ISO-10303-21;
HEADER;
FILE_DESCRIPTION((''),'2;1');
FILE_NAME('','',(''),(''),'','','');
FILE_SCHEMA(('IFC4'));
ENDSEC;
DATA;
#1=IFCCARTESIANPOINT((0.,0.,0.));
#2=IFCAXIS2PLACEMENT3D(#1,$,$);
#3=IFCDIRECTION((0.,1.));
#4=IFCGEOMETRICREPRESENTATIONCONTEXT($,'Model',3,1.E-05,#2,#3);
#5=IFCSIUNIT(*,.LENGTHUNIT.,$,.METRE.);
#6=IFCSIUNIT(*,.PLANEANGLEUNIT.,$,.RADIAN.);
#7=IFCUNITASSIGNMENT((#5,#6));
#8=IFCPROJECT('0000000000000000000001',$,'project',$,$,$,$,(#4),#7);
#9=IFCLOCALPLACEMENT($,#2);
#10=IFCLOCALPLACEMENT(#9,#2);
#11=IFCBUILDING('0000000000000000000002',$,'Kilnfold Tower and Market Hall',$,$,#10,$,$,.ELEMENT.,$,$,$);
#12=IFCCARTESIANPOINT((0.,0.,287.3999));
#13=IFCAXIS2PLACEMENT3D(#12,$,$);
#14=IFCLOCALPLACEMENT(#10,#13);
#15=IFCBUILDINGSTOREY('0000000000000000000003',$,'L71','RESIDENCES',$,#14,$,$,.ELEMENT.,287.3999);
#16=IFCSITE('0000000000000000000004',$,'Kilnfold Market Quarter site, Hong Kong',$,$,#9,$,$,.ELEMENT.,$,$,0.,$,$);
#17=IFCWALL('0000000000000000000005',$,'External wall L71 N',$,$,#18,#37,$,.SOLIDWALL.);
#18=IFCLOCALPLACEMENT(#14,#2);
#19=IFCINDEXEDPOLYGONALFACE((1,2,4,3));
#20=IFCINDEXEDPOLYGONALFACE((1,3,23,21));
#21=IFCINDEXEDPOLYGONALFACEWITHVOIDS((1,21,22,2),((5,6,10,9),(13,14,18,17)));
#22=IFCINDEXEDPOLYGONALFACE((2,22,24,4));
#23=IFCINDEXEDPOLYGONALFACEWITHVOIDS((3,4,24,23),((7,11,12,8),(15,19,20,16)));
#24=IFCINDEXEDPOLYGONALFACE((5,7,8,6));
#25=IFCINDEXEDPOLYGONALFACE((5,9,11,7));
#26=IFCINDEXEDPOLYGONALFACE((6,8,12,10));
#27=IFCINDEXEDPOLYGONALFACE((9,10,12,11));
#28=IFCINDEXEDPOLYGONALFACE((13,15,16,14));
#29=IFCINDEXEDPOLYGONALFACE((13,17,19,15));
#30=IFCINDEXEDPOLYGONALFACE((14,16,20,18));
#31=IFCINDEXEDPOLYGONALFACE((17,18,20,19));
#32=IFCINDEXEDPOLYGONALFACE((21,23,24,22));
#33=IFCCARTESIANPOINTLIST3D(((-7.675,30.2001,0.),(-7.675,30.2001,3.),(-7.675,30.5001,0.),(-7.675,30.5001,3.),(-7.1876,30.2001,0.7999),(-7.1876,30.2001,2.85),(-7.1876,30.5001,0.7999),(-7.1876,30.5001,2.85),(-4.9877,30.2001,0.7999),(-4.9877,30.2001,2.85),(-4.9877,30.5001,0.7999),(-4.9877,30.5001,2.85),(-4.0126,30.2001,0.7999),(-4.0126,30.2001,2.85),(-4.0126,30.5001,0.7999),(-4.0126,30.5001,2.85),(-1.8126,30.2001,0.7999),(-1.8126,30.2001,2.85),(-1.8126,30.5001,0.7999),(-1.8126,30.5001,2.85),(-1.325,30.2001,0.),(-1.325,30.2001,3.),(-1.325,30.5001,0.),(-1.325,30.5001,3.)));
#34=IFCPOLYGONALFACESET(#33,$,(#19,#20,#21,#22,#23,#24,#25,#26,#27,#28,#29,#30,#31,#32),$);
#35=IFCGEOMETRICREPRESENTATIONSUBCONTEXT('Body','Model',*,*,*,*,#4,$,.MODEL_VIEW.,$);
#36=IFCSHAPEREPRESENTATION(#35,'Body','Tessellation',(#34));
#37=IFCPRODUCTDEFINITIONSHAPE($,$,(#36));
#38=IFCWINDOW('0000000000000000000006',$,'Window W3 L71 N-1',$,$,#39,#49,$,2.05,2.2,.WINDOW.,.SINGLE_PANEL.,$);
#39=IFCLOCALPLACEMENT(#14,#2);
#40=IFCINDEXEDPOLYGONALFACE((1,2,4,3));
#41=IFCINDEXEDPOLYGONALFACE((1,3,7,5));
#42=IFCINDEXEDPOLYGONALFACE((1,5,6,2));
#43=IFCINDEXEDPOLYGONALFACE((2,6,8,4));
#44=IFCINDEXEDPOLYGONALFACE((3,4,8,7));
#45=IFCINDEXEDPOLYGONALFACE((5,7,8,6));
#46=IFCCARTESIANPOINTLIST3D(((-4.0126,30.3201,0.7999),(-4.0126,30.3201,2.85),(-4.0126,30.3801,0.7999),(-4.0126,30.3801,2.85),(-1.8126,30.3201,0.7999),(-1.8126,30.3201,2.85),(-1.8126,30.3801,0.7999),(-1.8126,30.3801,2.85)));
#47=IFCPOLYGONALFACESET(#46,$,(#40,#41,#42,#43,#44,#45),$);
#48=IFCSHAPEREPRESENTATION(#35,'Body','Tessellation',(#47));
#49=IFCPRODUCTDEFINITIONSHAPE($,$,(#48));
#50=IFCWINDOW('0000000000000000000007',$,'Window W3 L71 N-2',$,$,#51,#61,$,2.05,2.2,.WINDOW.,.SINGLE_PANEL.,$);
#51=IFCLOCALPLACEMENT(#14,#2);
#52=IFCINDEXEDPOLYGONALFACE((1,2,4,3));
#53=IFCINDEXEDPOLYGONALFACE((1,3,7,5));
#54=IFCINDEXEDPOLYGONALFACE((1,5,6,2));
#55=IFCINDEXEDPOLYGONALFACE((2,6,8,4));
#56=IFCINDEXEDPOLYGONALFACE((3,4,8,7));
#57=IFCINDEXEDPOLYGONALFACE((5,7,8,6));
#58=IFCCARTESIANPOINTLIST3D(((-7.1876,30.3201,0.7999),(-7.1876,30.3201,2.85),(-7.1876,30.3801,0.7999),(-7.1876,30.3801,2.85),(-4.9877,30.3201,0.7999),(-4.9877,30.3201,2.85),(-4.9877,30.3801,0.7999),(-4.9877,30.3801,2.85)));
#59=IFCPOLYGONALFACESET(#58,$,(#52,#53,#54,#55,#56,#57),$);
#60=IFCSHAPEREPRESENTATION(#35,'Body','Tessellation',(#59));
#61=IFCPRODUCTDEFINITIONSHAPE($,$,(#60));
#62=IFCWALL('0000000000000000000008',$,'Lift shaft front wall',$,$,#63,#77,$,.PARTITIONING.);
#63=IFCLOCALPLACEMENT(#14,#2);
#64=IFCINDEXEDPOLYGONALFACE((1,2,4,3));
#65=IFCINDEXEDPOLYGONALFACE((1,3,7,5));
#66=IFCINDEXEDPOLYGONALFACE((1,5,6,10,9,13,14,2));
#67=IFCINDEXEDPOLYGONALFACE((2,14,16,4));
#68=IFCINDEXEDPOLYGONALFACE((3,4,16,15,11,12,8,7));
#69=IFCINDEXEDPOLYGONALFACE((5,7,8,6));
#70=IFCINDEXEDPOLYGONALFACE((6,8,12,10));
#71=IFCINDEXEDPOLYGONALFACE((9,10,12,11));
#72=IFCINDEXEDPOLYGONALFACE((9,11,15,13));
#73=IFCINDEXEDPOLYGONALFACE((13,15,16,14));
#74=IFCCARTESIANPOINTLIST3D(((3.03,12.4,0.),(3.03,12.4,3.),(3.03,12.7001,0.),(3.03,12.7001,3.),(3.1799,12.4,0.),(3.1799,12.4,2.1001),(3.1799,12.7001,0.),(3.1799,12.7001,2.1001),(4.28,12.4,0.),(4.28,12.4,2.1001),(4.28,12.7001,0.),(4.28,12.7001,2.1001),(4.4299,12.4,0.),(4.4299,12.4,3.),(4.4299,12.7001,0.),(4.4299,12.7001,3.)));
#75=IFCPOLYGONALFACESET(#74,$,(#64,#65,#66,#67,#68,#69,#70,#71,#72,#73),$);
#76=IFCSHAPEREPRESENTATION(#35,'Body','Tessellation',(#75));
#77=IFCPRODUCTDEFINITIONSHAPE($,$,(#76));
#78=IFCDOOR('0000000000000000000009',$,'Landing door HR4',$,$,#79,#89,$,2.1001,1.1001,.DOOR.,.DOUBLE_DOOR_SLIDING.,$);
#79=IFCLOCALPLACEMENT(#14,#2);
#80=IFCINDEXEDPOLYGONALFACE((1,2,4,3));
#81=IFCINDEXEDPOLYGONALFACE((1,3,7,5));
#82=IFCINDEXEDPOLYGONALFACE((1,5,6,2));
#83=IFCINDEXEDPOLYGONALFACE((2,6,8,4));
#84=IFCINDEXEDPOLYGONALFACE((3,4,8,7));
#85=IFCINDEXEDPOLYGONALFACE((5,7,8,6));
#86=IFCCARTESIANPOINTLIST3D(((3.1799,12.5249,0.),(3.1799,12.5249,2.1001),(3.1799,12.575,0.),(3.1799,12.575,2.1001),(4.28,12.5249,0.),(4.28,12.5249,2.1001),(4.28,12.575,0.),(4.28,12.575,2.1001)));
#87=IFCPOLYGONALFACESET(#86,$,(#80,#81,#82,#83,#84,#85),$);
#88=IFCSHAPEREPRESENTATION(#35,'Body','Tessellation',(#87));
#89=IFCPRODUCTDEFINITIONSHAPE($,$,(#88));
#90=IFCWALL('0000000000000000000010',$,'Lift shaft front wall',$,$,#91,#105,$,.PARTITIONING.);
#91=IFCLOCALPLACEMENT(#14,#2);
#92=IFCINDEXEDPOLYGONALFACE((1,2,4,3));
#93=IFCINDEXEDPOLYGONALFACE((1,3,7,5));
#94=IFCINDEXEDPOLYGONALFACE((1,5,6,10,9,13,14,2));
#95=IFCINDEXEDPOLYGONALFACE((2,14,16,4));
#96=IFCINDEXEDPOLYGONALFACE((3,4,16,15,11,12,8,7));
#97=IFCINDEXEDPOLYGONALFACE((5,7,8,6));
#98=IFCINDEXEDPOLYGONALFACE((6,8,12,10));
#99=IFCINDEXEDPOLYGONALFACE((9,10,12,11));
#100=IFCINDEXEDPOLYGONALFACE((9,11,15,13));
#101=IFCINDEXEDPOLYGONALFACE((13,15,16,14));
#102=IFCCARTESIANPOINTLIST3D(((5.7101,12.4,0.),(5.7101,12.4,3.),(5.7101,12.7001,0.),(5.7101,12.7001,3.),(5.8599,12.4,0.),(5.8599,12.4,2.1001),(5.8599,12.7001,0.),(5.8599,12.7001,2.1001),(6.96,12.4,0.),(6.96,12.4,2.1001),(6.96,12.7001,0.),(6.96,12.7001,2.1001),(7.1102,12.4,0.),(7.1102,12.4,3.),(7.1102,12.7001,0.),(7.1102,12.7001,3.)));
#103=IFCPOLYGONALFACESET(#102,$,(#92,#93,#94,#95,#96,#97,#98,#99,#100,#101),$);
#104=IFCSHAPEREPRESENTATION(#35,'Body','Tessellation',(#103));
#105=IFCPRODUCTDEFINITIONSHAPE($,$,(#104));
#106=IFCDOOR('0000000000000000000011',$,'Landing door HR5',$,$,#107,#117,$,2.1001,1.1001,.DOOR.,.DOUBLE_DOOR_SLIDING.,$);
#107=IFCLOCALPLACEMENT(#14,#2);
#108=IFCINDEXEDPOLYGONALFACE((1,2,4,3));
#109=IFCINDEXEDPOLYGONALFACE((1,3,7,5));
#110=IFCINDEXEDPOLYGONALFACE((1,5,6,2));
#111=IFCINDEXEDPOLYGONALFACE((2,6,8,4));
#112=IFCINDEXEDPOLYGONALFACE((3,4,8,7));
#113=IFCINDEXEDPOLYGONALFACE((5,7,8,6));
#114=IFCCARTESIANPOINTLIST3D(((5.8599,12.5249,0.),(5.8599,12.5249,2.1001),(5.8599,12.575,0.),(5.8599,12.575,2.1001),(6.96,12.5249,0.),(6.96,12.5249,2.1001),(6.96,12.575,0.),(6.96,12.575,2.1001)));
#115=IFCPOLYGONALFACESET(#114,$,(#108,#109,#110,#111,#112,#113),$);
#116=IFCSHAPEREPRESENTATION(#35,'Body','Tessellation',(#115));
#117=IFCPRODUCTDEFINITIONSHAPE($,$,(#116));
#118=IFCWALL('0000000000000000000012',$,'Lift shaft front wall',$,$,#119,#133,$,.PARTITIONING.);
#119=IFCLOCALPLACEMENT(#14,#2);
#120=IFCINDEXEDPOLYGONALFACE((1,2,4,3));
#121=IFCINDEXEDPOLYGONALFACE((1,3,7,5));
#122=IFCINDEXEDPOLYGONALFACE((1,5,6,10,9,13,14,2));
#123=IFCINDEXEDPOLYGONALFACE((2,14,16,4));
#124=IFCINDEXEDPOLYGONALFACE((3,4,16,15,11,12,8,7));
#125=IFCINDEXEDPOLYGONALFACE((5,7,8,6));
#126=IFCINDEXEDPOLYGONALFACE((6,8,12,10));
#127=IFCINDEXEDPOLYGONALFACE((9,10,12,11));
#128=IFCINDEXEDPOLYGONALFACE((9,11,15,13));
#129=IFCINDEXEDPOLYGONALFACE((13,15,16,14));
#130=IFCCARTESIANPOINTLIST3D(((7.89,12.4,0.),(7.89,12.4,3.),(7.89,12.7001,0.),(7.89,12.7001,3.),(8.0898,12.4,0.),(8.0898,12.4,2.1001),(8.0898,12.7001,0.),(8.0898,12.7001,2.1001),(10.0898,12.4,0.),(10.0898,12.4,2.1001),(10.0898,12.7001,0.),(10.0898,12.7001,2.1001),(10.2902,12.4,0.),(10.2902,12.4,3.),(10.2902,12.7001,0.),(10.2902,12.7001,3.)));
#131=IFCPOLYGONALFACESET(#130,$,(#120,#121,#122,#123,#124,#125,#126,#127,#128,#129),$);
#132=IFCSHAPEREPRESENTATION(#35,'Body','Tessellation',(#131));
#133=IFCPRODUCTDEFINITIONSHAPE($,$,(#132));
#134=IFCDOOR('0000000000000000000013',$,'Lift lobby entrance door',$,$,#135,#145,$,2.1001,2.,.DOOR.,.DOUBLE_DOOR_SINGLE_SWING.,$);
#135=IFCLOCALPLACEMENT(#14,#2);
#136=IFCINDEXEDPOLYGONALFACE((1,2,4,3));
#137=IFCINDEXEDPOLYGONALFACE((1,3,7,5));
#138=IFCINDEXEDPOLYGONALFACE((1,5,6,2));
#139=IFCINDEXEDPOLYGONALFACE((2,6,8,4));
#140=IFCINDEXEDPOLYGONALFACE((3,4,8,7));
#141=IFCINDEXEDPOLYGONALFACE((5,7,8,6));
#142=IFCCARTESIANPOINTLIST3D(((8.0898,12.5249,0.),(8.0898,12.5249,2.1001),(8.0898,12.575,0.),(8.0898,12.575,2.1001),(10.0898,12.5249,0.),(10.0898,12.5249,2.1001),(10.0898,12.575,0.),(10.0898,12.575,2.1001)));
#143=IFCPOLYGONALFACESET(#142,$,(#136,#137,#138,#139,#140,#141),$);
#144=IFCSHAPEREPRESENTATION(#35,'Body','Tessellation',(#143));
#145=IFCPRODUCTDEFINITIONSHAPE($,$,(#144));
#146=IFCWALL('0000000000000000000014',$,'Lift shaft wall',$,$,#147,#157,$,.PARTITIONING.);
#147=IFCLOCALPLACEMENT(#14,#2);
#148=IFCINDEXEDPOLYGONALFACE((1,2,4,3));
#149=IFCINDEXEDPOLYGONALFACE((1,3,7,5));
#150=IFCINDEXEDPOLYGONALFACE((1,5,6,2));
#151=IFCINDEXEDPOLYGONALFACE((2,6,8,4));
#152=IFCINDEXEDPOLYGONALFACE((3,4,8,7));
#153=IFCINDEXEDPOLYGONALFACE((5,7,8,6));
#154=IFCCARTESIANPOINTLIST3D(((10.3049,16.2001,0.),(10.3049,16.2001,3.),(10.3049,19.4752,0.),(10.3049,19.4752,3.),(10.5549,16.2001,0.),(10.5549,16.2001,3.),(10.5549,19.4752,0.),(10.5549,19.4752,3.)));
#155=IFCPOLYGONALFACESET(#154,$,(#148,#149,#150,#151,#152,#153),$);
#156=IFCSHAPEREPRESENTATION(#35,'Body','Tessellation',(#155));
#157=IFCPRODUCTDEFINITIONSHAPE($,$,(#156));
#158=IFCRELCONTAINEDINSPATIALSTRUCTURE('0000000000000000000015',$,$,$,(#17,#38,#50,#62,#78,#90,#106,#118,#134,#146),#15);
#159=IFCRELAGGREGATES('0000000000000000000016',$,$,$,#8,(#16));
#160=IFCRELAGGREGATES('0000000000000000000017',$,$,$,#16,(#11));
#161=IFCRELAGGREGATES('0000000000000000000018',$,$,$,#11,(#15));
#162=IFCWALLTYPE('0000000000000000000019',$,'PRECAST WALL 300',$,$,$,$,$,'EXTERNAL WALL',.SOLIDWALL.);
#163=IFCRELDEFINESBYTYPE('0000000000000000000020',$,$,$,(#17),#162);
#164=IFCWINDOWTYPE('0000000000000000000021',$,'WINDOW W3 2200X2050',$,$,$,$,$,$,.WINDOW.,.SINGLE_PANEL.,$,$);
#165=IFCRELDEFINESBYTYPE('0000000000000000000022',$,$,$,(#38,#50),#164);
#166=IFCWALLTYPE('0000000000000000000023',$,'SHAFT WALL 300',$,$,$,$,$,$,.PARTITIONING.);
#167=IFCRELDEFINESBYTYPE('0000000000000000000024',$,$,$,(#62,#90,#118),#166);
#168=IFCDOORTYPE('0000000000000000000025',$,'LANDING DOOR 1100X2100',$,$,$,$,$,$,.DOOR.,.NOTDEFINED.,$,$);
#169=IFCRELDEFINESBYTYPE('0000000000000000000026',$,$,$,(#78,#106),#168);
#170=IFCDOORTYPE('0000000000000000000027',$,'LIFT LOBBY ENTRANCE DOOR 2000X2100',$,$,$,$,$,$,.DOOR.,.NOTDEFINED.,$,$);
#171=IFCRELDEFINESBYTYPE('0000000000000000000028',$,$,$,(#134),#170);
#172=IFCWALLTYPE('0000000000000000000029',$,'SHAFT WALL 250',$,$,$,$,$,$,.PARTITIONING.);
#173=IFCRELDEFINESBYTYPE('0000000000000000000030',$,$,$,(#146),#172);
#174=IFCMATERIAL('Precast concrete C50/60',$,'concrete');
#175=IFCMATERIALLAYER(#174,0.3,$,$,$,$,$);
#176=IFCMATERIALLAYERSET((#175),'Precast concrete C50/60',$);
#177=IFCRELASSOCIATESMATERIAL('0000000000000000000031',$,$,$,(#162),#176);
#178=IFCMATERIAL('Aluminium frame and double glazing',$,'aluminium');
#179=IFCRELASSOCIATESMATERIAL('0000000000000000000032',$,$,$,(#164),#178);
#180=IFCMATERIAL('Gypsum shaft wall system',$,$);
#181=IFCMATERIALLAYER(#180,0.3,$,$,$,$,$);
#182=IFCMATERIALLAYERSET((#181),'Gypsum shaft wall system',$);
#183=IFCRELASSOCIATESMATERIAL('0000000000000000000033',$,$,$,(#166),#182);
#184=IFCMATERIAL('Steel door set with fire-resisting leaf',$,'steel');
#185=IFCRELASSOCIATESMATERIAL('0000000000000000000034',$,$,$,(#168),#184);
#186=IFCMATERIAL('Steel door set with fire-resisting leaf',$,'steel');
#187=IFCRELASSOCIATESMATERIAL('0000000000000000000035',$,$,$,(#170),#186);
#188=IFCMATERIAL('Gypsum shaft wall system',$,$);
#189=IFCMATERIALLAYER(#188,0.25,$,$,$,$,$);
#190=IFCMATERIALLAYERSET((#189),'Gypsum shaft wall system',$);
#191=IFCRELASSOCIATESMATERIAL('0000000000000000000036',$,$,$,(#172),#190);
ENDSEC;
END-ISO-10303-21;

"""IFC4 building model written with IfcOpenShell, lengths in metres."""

from ifc_helpers import new_model, si_unit, direction, frame, frame_2d, origin, place, context, subcontext, project, spatial, rectangle, extrude, source, transform, mapped, material, layer, layer_set, type_object, element, fill, save


model = new_model("IFC4")

# Units and contexts
model_context = context("Model", 3, precision=1e-05, world=origin(), true_north=direction((0.0, 1.0)))
body_context = subcontext(model_context, "Body", "Model", "MODEL_VIEW")
ifc_project = project(units=[si_unit("LENGTHUNIT", "METRE"), si_unit("PLANEANGLEUNIT", "RADIAN")], contexts=[model_context])

# Site, building, storey
site_placement = place(None, origin())
site = spatial("IfcSite", under=ifc_project, at=site_placement, Name="Kilnfold Market Quarter site, Hong Kong", CompositionType="ELEMENT", RefElevation=0.0)
building_placement = place(site_placement, origin())
building = spatial("IfcBuilding", under=site, at=building_placement, Name="Kilnfold Tower and Market Hall", CompositionType="ELEMENT")
storey_placement = place(building_placement, frame((0.0, 0.0, 287.3999)))
storey = spatial("IfcBuildingStorey", under=building, at=storey_placement, Name="L71", Description="RESIDENCES", CompositionType="ELEMENT", Elevation=287.3999)

# Wall, openings, windows
ifc_material_1 = material(Name="Precast concrete C50/60", Category="concrete")
ifc_layer_1 = layer(ifc_material_1, 0.3)
ifc_layer_set_1 = layer_set([ifc_layer_1], Name="Precast concrete C50/60")
wall_type_1 = type_object("IfcWallType", Name="PRECAST WALL 300", ElementType="EXTERNAL WALL", PredefinedType="SOLIDWALL", material=ifc_layer_set_1)
shared_shape_1 = source(origin(), body_context, "Body", "SweptSolid", [
    extrude(rectangle(XDim=6.3501, YDim=0.3, at=frame_2d((3.175, 0.0))), origin(), (0.0, 0.0, 1.0), 3.0),
])
ifc_material_2 = material(Name="Aluminium frame and double glazing", Category="aluminium")
window_type = type_object("IfcWindowType", Name="WINDOW W3 2200X2050", PartitioningType="SINGLE_PANEL", PredefinedType="WINDOW", material=ifc_material_2)
wall_1_placement = place(storey_placement, frame((-1.325, 30.3501, 0.0), z_axis=(0.0, 0.0, 1.0), x_axis=(-1.0, 0.0, 0.0)))
wall_1 = element("IfcWall", 1, at=wall_1_placement, inside=storey, type_object=wall_type_1, Name="External wall L71 N", PredefinedType="SOLIDWALL", context=body_context, shape_type="MappedRepresentation", body=[
    mapped(shared_shape_1, transform((0.0, 0.0, 0.0))),
])
opening_1_placement = place(wall_1_placement, frame((0.4875, 0.0, 0.8)))
opening_1 = element("IfcOpeningElement", 2, at=opening_1_placement, cuts=wall_1, PredefinedType="OPENING", context=body_context, shape_type="SweptSolid", body=[
    extrude(rectangle(XDim=2.2, YDim=2.05, at=frame_2d((1.1001, 1.0249))), frame((0.0, 0.1602, 0.0), z_axis=(0.0, -1.0, 0.0), x_axis=(1.0, 0.0, 0.0)), (0.0, 0.0, 1.0), 0.3201),
])
opening_2_placement = place(wall_1_placement, frame((3.6626, 0.0, 0.8)))
opening_2 = element("IfcOpeningElement", 3, at=opening_2_placement, cuts=wall_1, PredefinedType="OPENING", context=body_context, shape_type="SweptSolid", body=[
    extrude(rectangle(XDim=2.2, YDim=2.05, at=frame_2d((1.1001, 1.0249))), frame((0.0, 0.1602, 0.0), z_axis=(0.0, -1.0, 0.0), x_axis=(1.0, 0.0, 0.0)), (0.0, 0.0, 1.0), 0.3201),
])
window_1_placement = place(opening_1_placement, origin())
window_1 = element("IfcWindow", 4, at=window_1_placement, inside=storey, type_object=window_type, Name="Window W3 L71 N-1", OverallHeight=2.05, OverallWidth=2.2, PartitioningType="SINGLE_PANEL", PredefinedType="WINDOW", context=body_context, shape_type="SweptSolid", body=[
    extrude(rectangle(XDim=2.2, YDim=2.05, at=frame_2d((1.1001, 1.0249))), frame((0.0, 0.03, 0.0), z_axis=(0.0, -1.0, 0.0), x_axis=(1.0, 0.0, 0.0)), (0.0, 0.0, 1.0), 0.0601),
])
fill(opening_1, window_1)
window_2_placement = place(opening_2_placement, origin())
window_2 = element("IfcWindow", 5, at=window_2_placement, inside=storey, type_object=window_type, Name="Window W3 L71 N-2", OverallHeight=2.05, OverallWidth=2.2, PartitioningType="SINGLE_PANEL", PredefinedType="WINDOW", context=body_context, shape_type="SweptSolid", body=[
    extrude(rectangle(XDim=2.2, YDim=2.05, at=frame_2d((1.1001, 1.0249))), frame((0.0, 0.03, 0.0), z_axis=(0.0, -1.0, 0.0), x_axis=(1.0, 0.0, 0.0)), (0.0, 0.0, 1.0), 0.0601),
])
fill(opening_2, window_2)

# Walls, openings, doors
ifc_material_3 = material(Name="Gypsum shaft wall system")
ifc_layer_2 = layer(ifc_material_3, 0.3)
ifc_layer_set_2 = layer_set([ifc_layer_2], Name="Gypsum shaft wall system")
wall_type_2 = type_object("IfcWallType", Name="SHAFT WALL 300", PredefinedType="PARTITIONING", material=ifc_layer_set_2)
shared_shape_2 = source(origin(), body_context, "Body", "SweptSolid", [
    extrude(rectangle(XDim=1.3999, YDim=0.3, at=frame_2d((0.7, 0.0))), origin(), (0.0, 0.0, 1.0), 3.0),
])
wall_2_placement = place(storey_placement, frame((3.03, 12.55, 0.0), z_axis=(0.0, 0.0, 1.0), x_axis=(1.0, 0.0, 0.0)))
wall_2 = element("IfcWall", 6, at=wall_2_placement, inside=storey, type_object=wall_type_2, Name="Lift shaft front wall", PredefinedType="PARTITIONING", context=body_context, shape_type="MappedRepresentation", body=[
    mapped(shared_shape_2, transform((0.0, 0.0, 0.0))),
])
opening_3_placement = place(wall_2_placement, frame((0.1499, 0.0, 0.0)))
opening_3 = element("IfcOpeningElement", 7, at=opening_3_placement, cuts=wall_2, PredefinedType="OPENING", context=body_context, shape_type="SweptSolid", body=[
    extrude(rectangle(XDim=1.1001, YDim=2.1001, at=frame_2d((0.55, 1.05))), frame((0.0, 0.1602, 0.0), z_axis=(0.0, -1.0, 0.0), x_axis=(1.0, 0.0, 0.0)), (0.0, 0.0, 1.0), 0.3201),
])
ifc_material_4 = material(Name="Steel door set with fire-resisting leaf", Category="steel")
door_type_1 = type_object("IfcDoorType", Name="LANDING DOOR 1100X2100", OperationType="NOTDEFINED", PredefinedType="DOOR", material=ifc_material_4)
door_1_placement = place(opening_3_placement, origin())
door_1 = element("IfcDoor", 8, at=door_1_placement, inside=storey, type_object=door_type_1, Name="Landing door HR4", OperationType="DOUBLE_DOOR_SLIDING", OverallHeight=2.1001, OverallWidth=1.1001, PredefinedType="DOOR", context=body_context, shape_type="SweptSolid", body=[
    extrude(rectangle(XDim=1.1001, YDim=2.1001, at=frame_2d((0.55, 1.05))), frame((0.0, 0.0249, 0.0), z_axis=(0.0, -1.0, 0.0), x_axis=(1.0, 0.0, 0.0)), (0.0, 0.0, 1.0), 0.05),
])
fill(opening_3, door_1)
shared_shape_3 = source(origin(), body_context, "Body", "SweptSolid", [
    extrude(rectangle(XDim=1.4001, YDim=0.3, at=frame_2d((0.7002, 0.0))), origin(), (0.0, 0.0, 1.0), 3.0),
])
wall_3_placement = place(storey_placement, frame((5.71, 12.55, 0.0), z_axis=(0.0, 0.0, 1.0), x_axis=(1.0, 0.0, 0.0)))
wall_3 = element("IfcWall", 9, at=wall_3_placement, inside=storey, type_object=wall_type_2, Name="Lift shaft front wall", PredefinedType="PARTITIONING", context=body_context, shape_type="MappedRepresentation", body=[
    mapped(shared_shape_3, transform((0.0, 0.0, 0.0))),
])
opening_4_placement = place(wall_3_placement, frame((0.1499, 0.0, 0.0)))
opening_4 = element("IfcOpeningElement", 10, at=opening_4_placement, cuts=wall_3, PredefinedType="OPENING", context=body_context, shape_type="SweptSolid", body=[
    extrude(rectangle(XDim=1.1001, YDim=2.1001, at=frame_2d((0.55, 1.05))), frame((0.0, 0.1602, 0.0), z_axis=(0.0, -1.0, 0.0), x_axis=(1.0, 0.0, 0.0)), (0.0, 0.0, 1.0), 0.3201),
])
door_2_placement = place(opening_4_placement, origin())
door_2 = element("IfcDoor", 11, at=door_2_placement, inside=storey, type_object=door_type_1, Name="Landing door HR5", OperationType="DOUBLE_DOOR_SLIDING", OverallHeight=2.1001, OverallWidth=1.1001, PredefinedType="DOOR", context=body_context, shape_type="SweptSolid", body=[
    extrude(rectangle(XDim=1.1001, YDim=2.1001, at=frame_2d((0.55, 1.05))), frame((0.0, 0.0249, 0.0), z_axis=(0.0, -1.0, 0.0), x_axis=(1.0, 0.0, 0.0)), (0.0, 0.0, 1.0), 0.05),
])
fill(opening_4, door_2)
shared_shape_4 = source(origin(), body_context, "Body", "SweptSolid", [
    extrude(rectangle(XDim=2.4001, YDim=0.3, at=frame_2d((1.2002, 0.0))), origin(), (0.0, 0.0, 1.0), 3.0),
])
wall_4_placement = place(storey_placement, frame((7.8899, 12.55, 0.0), z_axis=(0.0, 0.0, 1.0), x_axis=(1.0, 0.0, 0.0)))
wall_4 = element("IfcWall", 12, at=wall_4_placement, inside=storey, type_object=wall_type_2, Name="Lift shaft front wall", PredefinedType="PARTITIONING", context=body_context, shape_type="MappedRepresentation", body=[
    mapped(shared_shape_4, transform((0.0, 0.0, 0.0))),
])
opening_5_placement = place(wall_4_placement, frame((0.2, 0.0, 0.0)))
opening_5 = element("IfcOpeningElement", 13, at=opening_5_placement, cuts=wall_4, PredefinedType="OPENING", context=body_context, shape_type="SweptSolid", body=[
    extrude(rectangle(XDim=2.0, YDim=2.1001, at=frame_2d((1.0, 1.05))), frame((0.0, 0.1602, 0.0), z_axis=(0.0, -1.0, 0.0), x_axis=(1.0, 0.0, 0.0)), (0.0, 0.0, 1.0), 0.3201),
])
ifc_material_5 = material(Name="Steel door set with fire-resisting leaf", Category="steel")
door_type_2 = type_object("IfcDoorType", Name="LIFT LOBBY ENTRANCE DOOR 2000X2100", OperationType="NOTDEFINED", PredefinedType="DOOR", material=ifc_material_5)
door_3_placement = place(opening_5_placement, origin())
door_3 = element("IfcDoor", 14, at=door_3_placement, inside=storey, type_object=door_type_2, Name="Lift lobby entrance door", OperationType="DOUBLE_DOOR_SINGLE_SWING", OverallHeight=2.1001, OverallWidth=2.0, PredefinedType="DOOR", context=body_context, shape_type="SweptSolid", body=[
    extrude(rectangle(XDim=2.0, YDim=2.1001, at=frame_2d((1.0, 1.05))), frame((0.0, 0.0249, 0.0), z_axis=(0.0, -1.0, 0.0), x_axis=(1.0, 0.0, 0.0)), (0.0, 0.0, 1.0), 0.05),
])
fill(opening_5, door_3)

# Wall
ifc_material_6 = material(Name="Gypsum shaft wall system")
ifc_layer_3 = layer(ifc_material_6, 0.25)
ifc_layer_set_3 = layer_set([ifc_layer_3], Name="Gypsum shaft wall system")
wall_type_3 = type_object("IfcWallType", Name="SHAFT WALL 250", PredefinedType="PARTITIONING", material=ifc_layer_set_3)
shared_shape_5 = source(origin(), body_context, "Body", "SweptSolid", [
    extrude(rectangle(XDim=3.2751, YDim=0.25, at=frame_2d((1.6377, 0.0))), origin(), (0.0, 0.0, 1.0), 3.0),
])
wall_5_placement = place(storey_placement, frame((10.4299, 16.2, 0.0), z_axis=(0.0, 0.0, 1.0), x_axis=(0.0, 1.0, 0.0)))
element("IfcWall", 15, at=wall_5_placement, inside=storey, type_object=wall_type_3, Name="Lift shaft wall", PredefinedType="PARTITIONING", context=body_context, shape_type="MappedRepresentation", body=[
    mapped(shared_shape_5, transform((0.0, 0.0, 0.0))),
])

save(model, "model.ifc")
